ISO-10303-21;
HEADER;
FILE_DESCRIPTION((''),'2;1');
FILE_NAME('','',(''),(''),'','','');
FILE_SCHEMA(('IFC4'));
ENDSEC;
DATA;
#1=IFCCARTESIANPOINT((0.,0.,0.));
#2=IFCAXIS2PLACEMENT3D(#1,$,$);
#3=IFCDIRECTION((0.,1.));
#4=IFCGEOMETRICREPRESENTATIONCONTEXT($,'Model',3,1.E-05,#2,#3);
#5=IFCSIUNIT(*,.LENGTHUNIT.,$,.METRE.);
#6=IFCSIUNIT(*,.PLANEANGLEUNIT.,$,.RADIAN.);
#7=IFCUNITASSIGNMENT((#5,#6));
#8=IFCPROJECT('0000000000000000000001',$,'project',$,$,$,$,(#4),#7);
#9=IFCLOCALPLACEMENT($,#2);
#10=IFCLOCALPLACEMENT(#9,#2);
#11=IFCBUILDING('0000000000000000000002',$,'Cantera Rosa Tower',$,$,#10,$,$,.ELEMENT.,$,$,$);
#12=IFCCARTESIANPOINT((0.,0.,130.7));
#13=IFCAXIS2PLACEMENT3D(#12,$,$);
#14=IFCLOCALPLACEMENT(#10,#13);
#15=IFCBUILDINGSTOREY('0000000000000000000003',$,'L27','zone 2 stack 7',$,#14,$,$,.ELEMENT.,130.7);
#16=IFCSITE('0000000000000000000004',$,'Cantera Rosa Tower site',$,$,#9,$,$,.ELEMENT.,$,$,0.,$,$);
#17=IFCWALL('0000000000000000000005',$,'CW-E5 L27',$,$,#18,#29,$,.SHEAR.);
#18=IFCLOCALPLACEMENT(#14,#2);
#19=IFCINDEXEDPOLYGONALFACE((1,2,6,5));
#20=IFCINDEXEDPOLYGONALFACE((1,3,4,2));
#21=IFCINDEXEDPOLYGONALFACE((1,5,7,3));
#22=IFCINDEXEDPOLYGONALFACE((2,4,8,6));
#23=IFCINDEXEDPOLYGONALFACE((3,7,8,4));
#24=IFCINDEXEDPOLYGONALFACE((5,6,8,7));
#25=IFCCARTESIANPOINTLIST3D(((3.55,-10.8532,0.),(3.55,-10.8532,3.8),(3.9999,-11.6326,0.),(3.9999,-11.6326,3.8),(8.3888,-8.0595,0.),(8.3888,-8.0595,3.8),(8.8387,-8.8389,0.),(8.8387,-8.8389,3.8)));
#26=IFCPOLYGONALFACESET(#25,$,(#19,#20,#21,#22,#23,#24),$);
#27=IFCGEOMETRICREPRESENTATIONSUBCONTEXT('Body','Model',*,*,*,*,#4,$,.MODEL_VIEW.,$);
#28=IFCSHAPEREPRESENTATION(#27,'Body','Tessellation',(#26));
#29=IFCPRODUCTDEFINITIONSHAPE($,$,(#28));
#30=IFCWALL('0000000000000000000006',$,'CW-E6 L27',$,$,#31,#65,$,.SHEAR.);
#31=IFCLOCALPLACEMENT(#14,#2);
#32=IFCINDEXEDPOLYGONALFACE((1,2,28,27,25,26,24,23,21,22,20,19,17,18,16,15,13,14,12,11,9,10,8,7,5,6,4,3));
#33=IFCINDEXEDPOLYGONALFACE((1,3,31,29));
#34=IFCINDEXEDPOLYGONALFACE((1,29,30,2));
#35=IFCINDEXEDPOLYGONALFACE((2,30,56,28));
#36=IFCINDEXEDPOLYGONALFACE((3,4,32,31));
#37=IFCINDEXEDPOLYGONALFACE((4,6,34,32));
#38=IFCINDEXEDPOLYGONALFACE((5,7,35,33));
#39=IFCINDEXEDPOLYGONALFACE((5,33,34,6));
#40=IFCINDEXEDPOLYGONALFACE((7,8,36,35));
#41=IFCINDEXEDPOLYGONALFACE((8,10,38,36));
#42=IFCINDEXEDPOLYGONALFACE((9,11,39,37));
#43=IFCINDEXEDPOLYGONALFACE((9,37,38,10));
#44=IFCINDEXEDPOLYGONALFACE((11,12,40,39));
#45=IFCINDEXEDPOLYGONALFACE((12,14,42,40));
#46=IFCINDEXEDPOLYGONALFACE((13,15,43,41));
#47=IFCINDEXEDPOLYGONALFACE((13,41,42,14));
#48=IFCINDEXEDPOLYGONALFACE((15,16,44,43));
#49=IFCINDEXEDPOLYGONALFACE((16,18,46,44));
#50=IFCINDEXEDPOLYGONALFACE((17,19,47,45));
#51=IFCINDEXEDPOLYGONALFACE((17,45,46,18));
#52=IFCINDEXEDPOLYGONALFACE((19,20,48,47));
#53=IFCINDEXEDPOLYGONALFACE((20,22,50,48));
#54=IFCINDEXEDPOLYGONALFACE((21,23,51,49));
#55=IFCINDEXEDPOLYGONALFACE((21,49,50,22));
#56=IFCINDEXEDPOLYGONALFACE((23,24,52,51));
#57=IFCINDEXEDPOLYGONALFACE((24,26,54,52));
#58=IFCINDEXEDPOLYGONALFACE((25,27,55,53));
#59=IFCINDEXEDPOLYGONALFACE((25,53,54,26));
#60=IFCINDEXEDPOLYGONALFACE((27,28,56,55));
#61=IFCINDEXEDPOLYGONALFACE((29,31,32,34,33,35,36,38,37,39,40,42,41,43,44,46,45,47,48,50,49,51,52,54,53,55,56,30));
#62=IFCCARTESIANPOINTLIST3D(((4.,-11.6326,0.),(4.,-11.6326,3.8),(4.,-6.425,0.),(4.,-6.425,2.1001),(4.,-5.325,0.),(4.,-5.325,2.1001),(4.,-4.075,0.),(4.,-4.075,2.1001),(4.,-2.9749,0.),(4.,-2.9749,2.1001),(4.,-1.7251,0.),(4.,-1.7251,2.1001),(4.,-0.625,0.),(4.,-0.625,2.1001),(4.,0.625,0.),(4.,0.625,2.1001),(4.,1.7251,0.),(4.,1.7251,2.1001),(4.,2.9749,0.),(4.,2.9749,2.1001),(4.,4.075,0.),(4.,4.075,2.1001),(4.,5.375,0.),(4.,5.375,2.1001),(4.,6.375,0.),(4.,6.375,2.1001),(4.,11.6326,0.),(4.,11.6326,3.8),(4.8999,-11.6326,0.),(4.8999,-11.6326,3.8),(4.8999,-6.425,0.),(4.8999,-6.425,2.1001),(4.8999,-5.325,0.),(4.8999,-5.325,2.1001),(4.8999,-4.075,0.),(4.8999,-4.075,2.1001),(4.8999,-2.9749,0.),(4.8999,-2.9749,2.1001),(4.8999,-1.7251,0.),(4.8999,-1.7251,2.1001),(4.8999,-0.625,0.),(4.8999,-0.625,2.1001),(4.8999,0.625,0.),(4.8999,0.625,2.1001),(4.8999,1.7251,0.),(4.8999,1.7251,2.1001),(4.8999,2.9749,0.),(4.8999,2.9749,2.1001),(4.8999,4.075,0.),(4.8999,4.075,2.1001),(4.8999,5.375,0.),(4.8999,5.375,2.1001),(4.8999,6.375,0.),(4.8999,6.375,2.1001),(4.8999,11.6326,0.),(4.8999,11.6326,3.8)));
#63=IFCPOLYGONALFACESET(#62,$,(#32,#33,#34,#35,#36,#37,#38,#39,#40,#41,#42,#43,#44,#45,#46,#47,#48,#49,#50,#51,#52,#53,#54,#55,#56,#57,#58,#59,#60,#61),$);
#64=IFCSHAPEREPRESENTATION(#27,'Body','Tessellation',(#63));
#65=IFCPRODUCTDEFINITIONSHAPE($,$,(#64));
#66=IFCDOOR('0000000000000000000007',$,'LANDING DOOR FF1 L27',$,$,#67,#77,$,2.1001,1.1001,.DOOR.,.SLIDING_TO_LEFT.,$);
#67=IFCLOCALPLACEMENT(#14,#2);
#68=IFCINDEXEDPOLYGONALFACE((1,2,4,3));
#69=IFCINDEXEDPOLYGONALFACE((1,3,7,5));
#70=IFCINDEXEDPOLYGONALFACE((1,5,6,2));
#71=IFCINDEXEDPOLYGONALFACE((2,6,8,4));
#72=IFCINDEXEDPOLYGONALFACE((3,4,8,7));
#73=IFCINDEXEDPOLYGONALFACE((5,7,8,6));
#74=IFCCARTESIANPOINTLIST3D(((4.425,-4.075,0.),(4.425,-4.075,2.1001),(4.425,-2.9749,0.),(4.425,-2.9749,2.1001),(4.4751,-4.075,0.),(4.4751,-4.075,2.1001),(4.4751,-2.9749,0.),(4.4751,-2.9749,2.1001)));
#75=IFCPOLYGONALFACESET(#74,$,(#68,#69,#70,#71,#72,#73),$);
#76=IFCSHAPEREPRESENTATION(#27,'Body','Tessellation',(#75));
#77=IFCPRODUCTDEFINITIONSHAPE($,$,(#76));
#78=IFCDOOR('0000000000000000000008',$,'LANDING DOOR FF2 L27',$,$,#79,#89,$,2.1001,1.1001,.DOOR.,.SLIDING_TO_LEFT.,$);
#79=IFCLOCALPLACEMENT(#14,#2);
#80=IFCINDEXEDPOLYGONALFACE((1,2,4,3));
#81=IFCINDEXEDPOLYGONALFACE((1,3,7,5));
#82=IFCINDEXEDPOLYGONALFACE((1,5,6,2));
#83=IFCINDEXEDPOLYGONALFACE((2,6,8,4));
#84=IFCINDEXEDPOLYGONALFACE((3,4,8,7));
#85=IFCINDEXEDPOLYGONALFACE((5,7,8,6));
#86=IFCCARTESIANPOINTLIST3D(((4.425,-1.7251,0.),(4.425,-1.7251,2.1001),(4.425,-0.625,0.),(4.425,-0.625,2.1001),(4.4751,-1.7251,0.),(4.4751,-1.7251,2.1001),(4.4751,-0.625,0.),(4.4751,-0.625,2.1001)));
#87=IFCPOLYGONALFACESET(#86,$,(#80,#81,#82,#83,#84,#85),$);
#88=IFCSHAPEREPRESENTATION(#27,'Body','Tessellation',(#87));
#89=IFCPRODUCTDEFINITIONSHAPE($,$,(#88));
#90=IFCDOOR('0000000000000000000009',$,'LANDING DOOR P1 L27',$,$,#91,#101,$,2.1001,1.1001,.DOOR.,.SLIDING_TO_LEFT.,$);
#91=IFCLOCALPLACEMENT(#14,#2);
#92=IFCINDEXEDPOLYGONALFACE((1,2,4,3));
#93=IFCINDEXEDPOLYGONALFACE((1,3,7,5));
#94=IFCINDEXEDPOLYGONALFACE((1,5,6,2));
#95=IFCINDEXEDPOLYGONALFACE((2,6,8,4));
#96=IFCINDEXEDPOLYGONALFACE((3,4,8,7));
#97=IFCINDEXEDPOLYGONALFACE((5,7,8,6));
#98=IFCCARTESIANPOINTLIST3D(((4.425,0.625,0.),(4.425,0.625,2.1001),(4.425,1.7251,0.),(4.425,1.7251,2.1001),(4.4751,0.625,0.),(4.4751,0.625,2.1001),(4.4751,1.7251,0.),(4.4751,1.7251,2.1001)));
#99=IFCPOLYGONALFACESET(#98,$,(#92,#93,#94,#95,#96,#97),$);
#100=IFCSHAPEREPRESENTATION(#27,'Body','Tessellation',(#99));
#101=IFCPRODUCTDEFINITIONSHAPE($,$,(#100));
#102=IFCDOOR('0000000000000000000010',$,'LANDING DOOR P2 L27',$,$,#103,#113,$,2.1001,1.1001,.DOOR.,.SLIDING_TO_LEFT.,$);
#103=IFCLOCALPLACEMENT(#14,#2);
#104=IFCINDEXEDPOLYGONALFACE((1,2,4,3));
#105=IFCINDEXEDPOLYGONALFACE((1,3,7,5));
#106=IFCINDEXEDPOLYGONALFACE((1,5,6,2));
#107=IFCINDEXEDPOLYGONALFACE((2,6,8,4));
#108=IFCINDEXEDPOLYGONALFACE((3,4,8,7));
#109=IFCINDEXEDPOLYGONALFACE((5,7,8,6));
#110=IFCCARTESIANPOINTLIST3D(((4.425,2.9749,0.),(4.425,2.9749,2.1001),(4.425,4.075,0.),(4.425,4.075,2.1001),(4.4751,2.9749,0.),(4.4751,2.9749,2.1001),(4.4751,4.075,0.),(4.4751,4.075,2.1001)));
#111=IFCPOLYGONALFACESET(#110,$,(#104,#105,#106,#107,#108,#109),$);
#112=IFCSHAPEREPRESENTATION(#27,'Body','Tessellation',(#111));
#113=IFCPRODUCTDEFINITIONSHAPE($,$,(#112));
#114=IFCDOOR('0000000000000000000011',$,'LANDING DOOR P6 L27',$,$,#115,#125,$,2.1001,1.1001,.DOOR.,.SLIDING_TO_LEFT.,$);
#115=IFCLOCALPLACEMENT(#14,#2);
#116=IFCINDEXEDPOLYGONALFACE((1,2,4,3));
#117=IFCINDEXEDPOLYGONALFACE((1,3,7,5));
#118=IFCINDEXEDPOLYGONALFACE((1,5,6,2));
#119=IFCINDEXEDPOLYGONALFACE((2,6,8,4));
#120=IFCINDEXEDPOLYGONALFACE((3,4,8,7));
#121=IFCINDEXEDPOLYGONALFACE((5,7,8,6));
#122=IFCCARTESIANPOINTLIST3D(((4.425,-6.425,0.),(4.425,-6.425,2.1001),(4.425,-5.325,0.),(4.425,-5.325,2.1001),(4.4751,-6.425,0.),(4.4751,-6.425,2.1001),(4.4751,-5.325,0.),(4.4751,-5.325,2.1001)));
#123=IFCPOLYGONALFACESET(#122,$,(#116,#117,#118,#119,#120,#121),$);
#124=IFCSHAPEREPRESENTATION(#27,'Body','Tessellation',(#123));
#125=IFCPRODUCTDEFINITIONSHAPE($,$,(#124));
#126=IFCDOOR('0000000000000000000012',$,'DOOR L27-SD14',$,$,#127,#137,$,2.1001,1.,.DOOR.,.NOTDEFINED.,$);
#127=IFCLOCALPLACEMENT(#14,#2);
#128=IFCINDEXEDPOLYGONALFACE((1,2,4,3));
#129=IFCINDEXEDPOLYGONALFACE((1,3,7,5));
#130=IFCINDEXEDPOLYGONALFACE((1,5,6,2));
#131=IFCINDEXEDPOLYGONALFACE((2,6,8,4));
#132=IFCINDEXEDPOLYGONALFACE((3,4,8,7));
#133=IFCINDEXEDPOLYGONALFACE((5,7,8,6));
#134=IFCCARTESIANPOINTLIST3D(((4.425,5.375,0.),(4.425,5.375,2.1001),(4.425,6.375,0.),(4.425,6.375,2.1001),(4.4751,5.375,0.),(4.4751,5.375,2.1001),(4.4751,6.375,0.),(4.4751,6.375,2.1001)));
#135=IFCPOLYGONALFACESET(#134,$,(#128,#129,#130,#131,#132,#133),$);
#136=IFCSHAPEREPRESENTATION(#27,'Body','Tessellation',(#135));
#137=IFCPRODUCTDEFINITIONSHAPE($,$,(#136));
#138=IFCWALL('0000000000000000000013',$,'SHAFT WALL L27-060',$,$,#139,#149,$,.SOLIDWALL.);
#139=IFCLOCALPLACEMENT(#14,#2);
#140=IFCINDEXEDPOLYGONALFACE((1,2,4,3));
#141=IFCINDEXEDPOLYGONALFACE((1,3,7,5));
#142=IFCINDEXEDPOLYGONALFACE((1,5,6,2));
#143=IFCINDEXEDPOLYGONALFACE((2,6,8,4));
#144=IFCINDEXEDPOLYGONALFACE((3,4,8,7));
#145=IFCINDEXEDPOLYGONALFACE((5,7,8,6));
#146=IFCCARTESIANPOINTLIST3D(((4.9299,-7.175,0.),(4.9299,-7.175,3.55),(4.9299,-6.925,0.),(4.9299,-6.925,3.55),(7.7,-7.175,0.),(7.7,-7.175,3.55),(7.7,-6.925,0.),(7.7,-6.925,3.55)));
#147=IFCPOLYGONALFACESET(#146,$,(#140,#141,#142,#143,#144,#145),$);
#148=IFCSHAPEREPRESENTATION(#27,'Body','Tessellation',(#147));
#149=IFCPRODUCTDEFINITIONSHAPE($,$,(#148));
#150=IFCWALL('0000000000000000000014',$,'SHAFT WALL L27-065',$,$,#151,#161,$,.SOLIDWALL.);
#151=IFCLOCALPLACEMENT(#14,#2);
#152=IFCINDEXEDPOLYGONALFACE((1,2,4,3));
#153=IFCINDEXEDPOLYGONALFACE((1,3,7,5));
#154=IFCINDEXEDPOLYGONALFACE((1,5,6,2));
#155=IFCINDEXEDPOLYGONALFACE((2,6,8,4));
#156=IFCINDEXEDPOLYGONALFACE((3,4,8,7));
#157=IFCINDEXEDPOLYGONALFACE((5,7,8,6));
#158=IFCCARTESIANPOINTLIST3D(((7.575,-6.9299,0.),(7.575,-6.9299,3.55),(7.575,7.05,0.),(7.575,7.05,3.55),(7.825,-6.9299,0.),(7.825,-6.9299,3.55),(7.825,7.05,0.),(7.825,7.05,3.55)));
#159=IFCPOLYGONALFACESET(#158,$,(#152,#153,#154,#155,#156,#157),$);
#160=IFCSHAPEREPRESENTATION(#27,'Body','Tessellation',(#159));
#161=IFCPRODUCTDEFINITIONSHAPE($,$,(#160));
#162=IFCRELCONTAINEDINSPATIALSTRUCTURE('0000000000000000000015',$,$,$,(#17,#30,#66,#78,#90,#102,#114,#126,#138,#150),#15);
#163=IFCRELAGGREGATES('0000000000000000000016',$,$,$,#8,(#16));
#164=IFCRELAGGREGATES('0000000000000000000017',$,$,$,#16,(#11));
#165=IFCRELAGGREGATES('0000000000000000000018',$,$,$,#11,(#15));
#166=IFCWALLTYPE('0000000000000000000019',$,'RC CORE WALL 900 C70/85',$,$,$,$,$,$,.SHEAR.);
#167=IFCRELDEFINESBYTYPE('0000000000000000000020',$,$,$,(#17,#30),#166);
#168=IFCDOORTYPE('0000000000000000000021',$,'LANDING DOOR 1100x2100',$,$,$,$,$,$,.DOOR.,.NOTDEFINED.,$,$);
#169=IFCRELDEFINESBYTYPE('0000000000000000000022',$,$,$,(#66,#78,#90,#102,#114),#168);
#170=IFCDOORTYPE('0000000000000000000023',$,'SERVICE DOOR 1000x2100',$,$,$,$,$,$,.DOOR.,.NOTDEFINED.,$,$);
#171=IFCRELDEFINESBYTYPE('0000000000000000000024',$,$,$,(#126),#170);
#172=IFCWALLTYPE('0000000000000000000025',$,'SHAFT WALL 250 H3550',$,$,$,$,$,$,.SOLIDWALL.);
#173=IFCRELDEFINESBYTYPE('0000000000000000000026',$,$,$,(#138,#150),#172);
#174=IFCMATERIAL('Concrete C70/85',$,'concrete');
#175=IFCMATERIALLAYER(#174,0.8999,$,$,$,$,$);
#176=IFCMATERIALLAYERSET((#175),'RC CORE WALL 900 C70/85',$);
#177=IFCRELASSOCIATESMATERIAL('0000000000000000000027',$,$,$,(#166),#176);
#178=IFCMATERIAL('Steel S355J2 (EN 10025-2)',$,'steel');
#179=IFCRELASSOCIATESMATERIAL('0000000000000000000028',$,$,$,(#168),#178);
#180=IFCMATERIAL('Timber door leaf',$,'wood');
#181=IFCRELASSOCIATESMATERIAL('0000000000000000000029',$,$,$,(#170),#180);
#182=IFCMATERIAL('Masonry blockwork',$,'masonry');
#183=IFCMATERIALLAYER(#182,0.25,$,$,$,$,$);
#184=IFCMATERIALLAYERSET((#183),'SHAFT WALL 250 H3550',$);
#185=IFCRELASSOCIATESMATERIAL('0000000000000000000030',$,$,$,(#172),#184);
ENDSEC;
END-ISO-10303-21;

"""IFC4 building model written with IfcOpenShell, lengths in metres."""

from ifc_helpers import new_model, si_unit, direction, frame, frame_2d, origin, place, context, subcontext, project, spatial, rectangle, extrude, material, layer, layer_set, type_object, element, fill, save


model = new_model("IFC4")

# Units and contexts
model_context = context("Model", 3, precision=1e-05, world=origin(), true_north=direction((0.0, 1.0)))
body_context = subcontext(model_context, "Body", "Model", "MODEL_VIEW")
ifc_project = project(units=[si_unit("LENGTHUNIT", "METRE"), si_unit("PLANEANGLEUNIT", "RADIAN")], contexts=[model_context])

# Site, building, storey
site_placement = place(None, origin())
site = spatial("IfcSite", under=ifc_project, at=site_placement, Name="Cantera Rosa Tower site", CompositionType="ELEMENT", RefElevation=0.0)
building_placement = place(site_placement, origin())
building = spatial("IfcBuilding", under=site, at=building_placement, Name="Cantera Rosa Tower", CompositionType="ELEMENT")
storey_placement = place(building_placement, frame((0.0, 0.0, 130.7)))
storey = spatial("IfcBuildingStorey", under=building, at=storey_placement, Name="L27", Description="zone 2 stack 7", CompositionType="ELEMENT", Elevation=130.7)

# Wall
ifc_material_1 = material(Name="Concrete C70/85", Category="concrete")
ifc_layer_1 = layer(ifc_material_1, 0.8999)
ifc_layer_set_1 = layer_set([ifc_layer_1], Name="RC CORE WALL 900 C70/85")
wall_type_1 = type_object("IfcWallType", Name="RC CORE WALL 900 C70/85", PredefinedType="SHEAR", material=ifc_layer_set_1)
wall_1_placement = place(storey_placement, frame((8.6138, -8.4492, 0.0), z_axis=(0.0, 0.0, 1.0), x_axis=(-0.866027, -0.499997, 0.0)))
element("IfcWall", 1, at=wall_1_placement, inside=storey, type_object=wall_type_1, Name="CW-E5 L27", PredefinedType="SHEAR", context=body_context, shape_type="SweptSolid", body=[
    extrude(rectangle(XDim=5.5874, YDim=0.8999, at=frame_2d((2.7937, 0.0))), origin(), (0.0, 0.0, 1.0), 3.8),
])

# Wall, openings, doors
wall_2_placement = place(storey_placement, frame((4.45, -11.6326, 0.0), z_axis=(0.0, 0.0, 1.0), x_axis=(0.0, 1.0, 0.0)))
wall_2 = element("IfcWall", 2, at=wall_2_placement, inside=storey, type_object=wall_type_1, Name="CW-E6 L27", PredefinedType="SHEAR", context=body_context, shape_type="SweptSolid", body=[
    extrude(rectangle(XDim=23.2651, YDim=0.8999, at=frame_2d((11.6326, 0.0))), origin(), (0.0, 0.0, 1.0), 3.8),
])
opening_1_placement = place(wall_2_placement, frame((7.5576, 0.0, 0.0)))
opening_1 = element("IfcOpeningElement", 3, at=opening_1_placement, cuts=wall_2, PredefinedType="OPENING", context=body_context, shape_type="SweptSolid", body=[
    extrude(rectangle(XDim=1.1001, YDim=2.1001, at=frame_2d((0.55, 1.05))), frame((0.0, 0.46, 0.0), z_axis=(0.0, -1.0, 0.0), x_axis=(1.0, 0.0, 0.0)), (0.0, 0.0, 1.0), 0.9199),
])
opening_2_placement = place(wall_2_placement, frame((9.9075, 0.0, 0.0)))
opening_2 = element("IfcOpeningElement", 4, at=opening_2_placement, cuts=wall_2, PredefinedType="OPENING", context=body_context, shape_type="SweptSolid", body=[
    extrude(rectangle(XDim=1.1001, YDim=2.1001, at=frame_2d((0.55, 1.05))), frame((0.0, 0.46, 0.0), z_axis=(0.0, -1.0, 0.0), x_axis=(1.0, 0.0, 0.0)), (0.0, 0.0, 1.0), 0.9199),
])
opening_3_placement = place(wall_2_placement, frame((12.2576, 0.0, 0.0)))
opening_3 = element("IfcOpeningElement", 5, at=opening_3_placement, cuts=wall_2, PredefinedType="OPENING", context=body_context, shape_type="SweptSolid", body=[
    extrude(rectangle(XDim=1.1001, YDim=2.1001, at=frame_2d((0.55, 1.05))), frame((0.0, 0.46, 0.0), z_axis=(0.0, -1.0, 0.0), x_axis=(1.0, 0.0, 0.0)), (0.0, 0.0, 1.0), 0.9199),
])
opening_4_placement = place(wall_2_placement, frame((14.6074, 0.0, 0.0)))
opening_4 = element("IfcOpeningElement", 6, at=opening_4_placement, cuts=wall_2, PredefinedType="OPENING", context=body_context, shape_type="SweptSolid", body=[
    extrude(rectangle(XDim=1.1001, YDim=2.1001, at=frame_2d((0.55, 1.05))), frame((0.0, 0.46, 0.0), z_axis=(0.0, -1.0, 0.0), x_axis=(1.0, 0.0, 0.0)), (0.0, 0.0, 1.0), 0.9199),
])
opening_5_placement = place(wall_2_placement, frame((5.2075, 0.0, 0.0)))
opening_5 = element("IfcOpeningElement", 7, at=opening_5_placement, cuts=wall_2, PredefinedType="OPENING", context=body_context, shape_type="SweptSolid", body=[
    extrude(rectangle(XDim=1.1001, YDim=2.1001, at=frame_2d((0.55, 1.05))), frame((0.0, 0.46, 0.0), z_axis=(0.0, -1.0, 0.0), x_axis=(1.0, 0.0, 0.0)), (0.0, 0.0, 1.0), 0.9199),
])
opening_6_placement = place(wall_2_placement, frame((17.0076, 0.0, 0.0)))
opening_6 = element("IfcOpeningElement", 8, at=opening_6_placement, cuts=wall_2, PredefinedType="OPENING", context=body_context, shape_type="SweptSolid", body=[
    extrude(rectangle(XDim=1.0, YDim=2.1001, at=frame_2d((0.5, 1.05))), frame((0.0, 0.46, 0.0), z_axis=(0.0, -1.0, 0.0), x_axis=(1.0, 0.0, 0.0)), (0.0, 0.0, 1.0), 0.9199),
])
ifc_material_2 = material(Name="Steel S355J2 (EN 10025-2)", Category="steel")
door_type_1 = type_object("IfcDoorType", Name="LANDING DOOR 1100x2100", OperationType="NOTDEFINED", PredefinedType="DOOR", material=ifc_material_2)
door_1_placement = place(opening_1_placement, origin())
door_1 = element("IfcDoor", 9, at=door_1_placement, inside=storey, type_object=door_type_1, Name="LANDING DOOR FF1 L27", OperationType="SLIDING_TO_LEFT", OverallHeight=2.1001, OverallWidth=1.1001, PredefinedType="DOOR", context=body_context, shape_type="SweptSolid", body=[
    extrude(rectangle(XDim=1.1001, YDim=2.1001, at=frame_2d((0.55, 1.05))), frame((0.0, 0.0249, 0.0), z_axis=(0.0, -1.0, 0.0), x_axis=(1.0, 0.0, 0.0)), (0.0, 0.0, 1.0), 0.05),
])
fill(opening_1, door_1)
door_2_placement = place(opening_2_placement, origin())
door_2 = element("IfcDoor", 10, at=door_2_placement, inside=storey, type_object=door_type_1, Name="LANDING DOOR FF2 L27", OperationType="SLIDING_TO_LEFT", OverallHeight=2.1001, OverallWidth=1.1001, PredefinedType="DOOR", context=body_context, shape_type="SweptSolid", body=[
    extrude(rectangle(XDim=1.1001, YDim=2.1001, at=frame_2d((0.55, 1.05))), frame((0.0, 0.0249, 0.0), z_axis=(0.0, -1.0, 0.0), x_axis=(1.0, 0.0, 0.0)), (0.0, 0.0, 1.0), 0.05),
])
fill(opening_2, door_2)
door_3_placement = place(opening_3_placement, origin())
door_3 = element("IfcDoor", 11, at=door_3_placement, inside=storey, type_object=door_type_1, Name="LANDING DOOR P1 L27", OperationType="SLIDING_TO_LEFT", OverallHeight=2.1001, OverallWidth=1.1001, PredefinedType="DOOR", context=body_context, shape_type="SweptSolid", body=[
    extrude(rectangle(XDim=1.1001, YDim=2.1001, at=frame_2d((0.55, 1.05))), frame((0.0, 0.0249, 0.0), z_axis=(0.0, -1.0, 0.0), x_axis=(1.0, 0.0, 0.0)), (0.0, 0.0, 1.0), 0.05),
])
fill(opening_3, door_3)
door_4_placement = place(opening_4_placement, origin())
door_4 = element("IfcDoor", 12, at=door_4_placement, inside=storey, type_object=door_type_1, Name="LANDING DOOR P2 L27", OperationType="SLIDING_TO_LEFT", OverallHeight=2.1001, OverallWidth=1.1001, PredefinedType="DOOR", context=body_context, shape_type="SweptSolid", body=[
    extrude(rectangle(XDim=1.1001, YDim=2.1001, at=frame_2d((0.55, 1.05))), frame((0.0, 0.0249, 0.0), z_axis=(0.0, -1.0, 0.0), x_axis=(1.0, 0.0, 0.0)), (0.0, 0.0, 1.0), 0.05),
])
fill(opening_4, door_4)
door_5_placement = place(opening_5_placement, origin())
door_5 = element("IfcDoor", 13, at=door_5_placement, inside=storey, type_object=door_type_1, Name="LANDING DOOR P6 L27", OperationType="SLIDING_TO_LEFT", OverallHeight=2.1001, OverallWidth=1.1001, PredefinedType="DOOR", context=body_context, shape_type="SweptSolid", body=[
    extrude(rectangle(XDim=1.1001, YDim=2.1001, at=frame_2d((0.55, 1.05))), frame((0.0, 0.0249, 0.0), z_axis=(0.0, -1.0, 0.0), x_axis=(1.0, 0.0, 0.0)), (0.0, 0.0, 1.0), 0.05),
])
fill(opening_5, door_5)
ifc_material_3 = material(Name="Timber door leaf", Category="wood")
door_type_2 = type_object("IfcDoorType", Name="SERVICE DOOR 1000x2100", OperationType="NOTDEFINED", PredefinedType="DOOR", material=ifc_material_3)
door_6_placement = place(opening_6_placement, origin())
door_6 = element("IfcDoor", 14, at=door_6_placement, inside=storey, type_object=door_type_2, Name="DOOR L27-SD14", OperationType="NOTDEFINED", OverallHeight=2.1001, OverallWidth=1.0, PredefinedType="DOOR", context=body_context, shape_type="SweptSolid", body=[
    extrude(rectangle(XDim=1.0, YDim=2.1001, at=frame_2d((0.5, 1.05))), frame((0.0, 0.0249, 0.0), z_axis=(0.0, -1.0, 0.0), x_axis=(1.0, 0.0, 0.0)), (0.0, 0.0, 1.0), 0.05),
])
fill(opening_6, door_6)

# Walls
ifc_material_4 = material(Name="Masonry blockwork", Category="masonry")
ifc_layer_2 = layer(ifc_material_4, 0.25)
ifc_layer_set_2 = layer_set([ifc_layer_2], Name="SHAFT WALL 250 H3550")
wall_type_2 = type_object("IfcWallType", Name="SHAFT WALL 250 H3550", PredefinedType="SOLIDWALL", material=ifc_layer_set_2)
wall_3_placement = place(storey_placement, frame((4.9299, -7.05, 0.0), z_axis=(0.0, 0.0, 1.0), x_axis=(1.0, 0.0, 0.0)))
element("IfcWall", 15, at=wall_3_placement, inside=storey, type_object=wall_type_2, Name="SHAFT WALL L27-060", PredefinedType="SOLIDWALL", context=body_context, shape_type="SweptSolid", body=[
    extrude(rectangle(XDim=2.77, YDim=0.25, at=frame_2d((1.385, 0.0))), origin(), (0.0, 0.0, 1.0), 3.55),
])
wall_4_placement = place(storey_placement, frame((7.7, -6.9299, 0.0), z_axis=(0.0, 0.0, 1.0), x_axis=(0.0, 1.0, 0.0)))
element("IfcWall", 16, at=wall_4_placement, inside=storey, type_object=wall_type_2, Name="SHAFT WALL L27-065", PredefinedType="SOLIDWALL", context=body_context, shape_type="SweptSolid", body=[
    extrude(rectangle(XDim=13.98, YDim=0.25, at=frame_2d((6.99, 0.0))), origin(), (0.0, 0.0, 1.0), 3.55),
])

save(model, "model.ifc")
